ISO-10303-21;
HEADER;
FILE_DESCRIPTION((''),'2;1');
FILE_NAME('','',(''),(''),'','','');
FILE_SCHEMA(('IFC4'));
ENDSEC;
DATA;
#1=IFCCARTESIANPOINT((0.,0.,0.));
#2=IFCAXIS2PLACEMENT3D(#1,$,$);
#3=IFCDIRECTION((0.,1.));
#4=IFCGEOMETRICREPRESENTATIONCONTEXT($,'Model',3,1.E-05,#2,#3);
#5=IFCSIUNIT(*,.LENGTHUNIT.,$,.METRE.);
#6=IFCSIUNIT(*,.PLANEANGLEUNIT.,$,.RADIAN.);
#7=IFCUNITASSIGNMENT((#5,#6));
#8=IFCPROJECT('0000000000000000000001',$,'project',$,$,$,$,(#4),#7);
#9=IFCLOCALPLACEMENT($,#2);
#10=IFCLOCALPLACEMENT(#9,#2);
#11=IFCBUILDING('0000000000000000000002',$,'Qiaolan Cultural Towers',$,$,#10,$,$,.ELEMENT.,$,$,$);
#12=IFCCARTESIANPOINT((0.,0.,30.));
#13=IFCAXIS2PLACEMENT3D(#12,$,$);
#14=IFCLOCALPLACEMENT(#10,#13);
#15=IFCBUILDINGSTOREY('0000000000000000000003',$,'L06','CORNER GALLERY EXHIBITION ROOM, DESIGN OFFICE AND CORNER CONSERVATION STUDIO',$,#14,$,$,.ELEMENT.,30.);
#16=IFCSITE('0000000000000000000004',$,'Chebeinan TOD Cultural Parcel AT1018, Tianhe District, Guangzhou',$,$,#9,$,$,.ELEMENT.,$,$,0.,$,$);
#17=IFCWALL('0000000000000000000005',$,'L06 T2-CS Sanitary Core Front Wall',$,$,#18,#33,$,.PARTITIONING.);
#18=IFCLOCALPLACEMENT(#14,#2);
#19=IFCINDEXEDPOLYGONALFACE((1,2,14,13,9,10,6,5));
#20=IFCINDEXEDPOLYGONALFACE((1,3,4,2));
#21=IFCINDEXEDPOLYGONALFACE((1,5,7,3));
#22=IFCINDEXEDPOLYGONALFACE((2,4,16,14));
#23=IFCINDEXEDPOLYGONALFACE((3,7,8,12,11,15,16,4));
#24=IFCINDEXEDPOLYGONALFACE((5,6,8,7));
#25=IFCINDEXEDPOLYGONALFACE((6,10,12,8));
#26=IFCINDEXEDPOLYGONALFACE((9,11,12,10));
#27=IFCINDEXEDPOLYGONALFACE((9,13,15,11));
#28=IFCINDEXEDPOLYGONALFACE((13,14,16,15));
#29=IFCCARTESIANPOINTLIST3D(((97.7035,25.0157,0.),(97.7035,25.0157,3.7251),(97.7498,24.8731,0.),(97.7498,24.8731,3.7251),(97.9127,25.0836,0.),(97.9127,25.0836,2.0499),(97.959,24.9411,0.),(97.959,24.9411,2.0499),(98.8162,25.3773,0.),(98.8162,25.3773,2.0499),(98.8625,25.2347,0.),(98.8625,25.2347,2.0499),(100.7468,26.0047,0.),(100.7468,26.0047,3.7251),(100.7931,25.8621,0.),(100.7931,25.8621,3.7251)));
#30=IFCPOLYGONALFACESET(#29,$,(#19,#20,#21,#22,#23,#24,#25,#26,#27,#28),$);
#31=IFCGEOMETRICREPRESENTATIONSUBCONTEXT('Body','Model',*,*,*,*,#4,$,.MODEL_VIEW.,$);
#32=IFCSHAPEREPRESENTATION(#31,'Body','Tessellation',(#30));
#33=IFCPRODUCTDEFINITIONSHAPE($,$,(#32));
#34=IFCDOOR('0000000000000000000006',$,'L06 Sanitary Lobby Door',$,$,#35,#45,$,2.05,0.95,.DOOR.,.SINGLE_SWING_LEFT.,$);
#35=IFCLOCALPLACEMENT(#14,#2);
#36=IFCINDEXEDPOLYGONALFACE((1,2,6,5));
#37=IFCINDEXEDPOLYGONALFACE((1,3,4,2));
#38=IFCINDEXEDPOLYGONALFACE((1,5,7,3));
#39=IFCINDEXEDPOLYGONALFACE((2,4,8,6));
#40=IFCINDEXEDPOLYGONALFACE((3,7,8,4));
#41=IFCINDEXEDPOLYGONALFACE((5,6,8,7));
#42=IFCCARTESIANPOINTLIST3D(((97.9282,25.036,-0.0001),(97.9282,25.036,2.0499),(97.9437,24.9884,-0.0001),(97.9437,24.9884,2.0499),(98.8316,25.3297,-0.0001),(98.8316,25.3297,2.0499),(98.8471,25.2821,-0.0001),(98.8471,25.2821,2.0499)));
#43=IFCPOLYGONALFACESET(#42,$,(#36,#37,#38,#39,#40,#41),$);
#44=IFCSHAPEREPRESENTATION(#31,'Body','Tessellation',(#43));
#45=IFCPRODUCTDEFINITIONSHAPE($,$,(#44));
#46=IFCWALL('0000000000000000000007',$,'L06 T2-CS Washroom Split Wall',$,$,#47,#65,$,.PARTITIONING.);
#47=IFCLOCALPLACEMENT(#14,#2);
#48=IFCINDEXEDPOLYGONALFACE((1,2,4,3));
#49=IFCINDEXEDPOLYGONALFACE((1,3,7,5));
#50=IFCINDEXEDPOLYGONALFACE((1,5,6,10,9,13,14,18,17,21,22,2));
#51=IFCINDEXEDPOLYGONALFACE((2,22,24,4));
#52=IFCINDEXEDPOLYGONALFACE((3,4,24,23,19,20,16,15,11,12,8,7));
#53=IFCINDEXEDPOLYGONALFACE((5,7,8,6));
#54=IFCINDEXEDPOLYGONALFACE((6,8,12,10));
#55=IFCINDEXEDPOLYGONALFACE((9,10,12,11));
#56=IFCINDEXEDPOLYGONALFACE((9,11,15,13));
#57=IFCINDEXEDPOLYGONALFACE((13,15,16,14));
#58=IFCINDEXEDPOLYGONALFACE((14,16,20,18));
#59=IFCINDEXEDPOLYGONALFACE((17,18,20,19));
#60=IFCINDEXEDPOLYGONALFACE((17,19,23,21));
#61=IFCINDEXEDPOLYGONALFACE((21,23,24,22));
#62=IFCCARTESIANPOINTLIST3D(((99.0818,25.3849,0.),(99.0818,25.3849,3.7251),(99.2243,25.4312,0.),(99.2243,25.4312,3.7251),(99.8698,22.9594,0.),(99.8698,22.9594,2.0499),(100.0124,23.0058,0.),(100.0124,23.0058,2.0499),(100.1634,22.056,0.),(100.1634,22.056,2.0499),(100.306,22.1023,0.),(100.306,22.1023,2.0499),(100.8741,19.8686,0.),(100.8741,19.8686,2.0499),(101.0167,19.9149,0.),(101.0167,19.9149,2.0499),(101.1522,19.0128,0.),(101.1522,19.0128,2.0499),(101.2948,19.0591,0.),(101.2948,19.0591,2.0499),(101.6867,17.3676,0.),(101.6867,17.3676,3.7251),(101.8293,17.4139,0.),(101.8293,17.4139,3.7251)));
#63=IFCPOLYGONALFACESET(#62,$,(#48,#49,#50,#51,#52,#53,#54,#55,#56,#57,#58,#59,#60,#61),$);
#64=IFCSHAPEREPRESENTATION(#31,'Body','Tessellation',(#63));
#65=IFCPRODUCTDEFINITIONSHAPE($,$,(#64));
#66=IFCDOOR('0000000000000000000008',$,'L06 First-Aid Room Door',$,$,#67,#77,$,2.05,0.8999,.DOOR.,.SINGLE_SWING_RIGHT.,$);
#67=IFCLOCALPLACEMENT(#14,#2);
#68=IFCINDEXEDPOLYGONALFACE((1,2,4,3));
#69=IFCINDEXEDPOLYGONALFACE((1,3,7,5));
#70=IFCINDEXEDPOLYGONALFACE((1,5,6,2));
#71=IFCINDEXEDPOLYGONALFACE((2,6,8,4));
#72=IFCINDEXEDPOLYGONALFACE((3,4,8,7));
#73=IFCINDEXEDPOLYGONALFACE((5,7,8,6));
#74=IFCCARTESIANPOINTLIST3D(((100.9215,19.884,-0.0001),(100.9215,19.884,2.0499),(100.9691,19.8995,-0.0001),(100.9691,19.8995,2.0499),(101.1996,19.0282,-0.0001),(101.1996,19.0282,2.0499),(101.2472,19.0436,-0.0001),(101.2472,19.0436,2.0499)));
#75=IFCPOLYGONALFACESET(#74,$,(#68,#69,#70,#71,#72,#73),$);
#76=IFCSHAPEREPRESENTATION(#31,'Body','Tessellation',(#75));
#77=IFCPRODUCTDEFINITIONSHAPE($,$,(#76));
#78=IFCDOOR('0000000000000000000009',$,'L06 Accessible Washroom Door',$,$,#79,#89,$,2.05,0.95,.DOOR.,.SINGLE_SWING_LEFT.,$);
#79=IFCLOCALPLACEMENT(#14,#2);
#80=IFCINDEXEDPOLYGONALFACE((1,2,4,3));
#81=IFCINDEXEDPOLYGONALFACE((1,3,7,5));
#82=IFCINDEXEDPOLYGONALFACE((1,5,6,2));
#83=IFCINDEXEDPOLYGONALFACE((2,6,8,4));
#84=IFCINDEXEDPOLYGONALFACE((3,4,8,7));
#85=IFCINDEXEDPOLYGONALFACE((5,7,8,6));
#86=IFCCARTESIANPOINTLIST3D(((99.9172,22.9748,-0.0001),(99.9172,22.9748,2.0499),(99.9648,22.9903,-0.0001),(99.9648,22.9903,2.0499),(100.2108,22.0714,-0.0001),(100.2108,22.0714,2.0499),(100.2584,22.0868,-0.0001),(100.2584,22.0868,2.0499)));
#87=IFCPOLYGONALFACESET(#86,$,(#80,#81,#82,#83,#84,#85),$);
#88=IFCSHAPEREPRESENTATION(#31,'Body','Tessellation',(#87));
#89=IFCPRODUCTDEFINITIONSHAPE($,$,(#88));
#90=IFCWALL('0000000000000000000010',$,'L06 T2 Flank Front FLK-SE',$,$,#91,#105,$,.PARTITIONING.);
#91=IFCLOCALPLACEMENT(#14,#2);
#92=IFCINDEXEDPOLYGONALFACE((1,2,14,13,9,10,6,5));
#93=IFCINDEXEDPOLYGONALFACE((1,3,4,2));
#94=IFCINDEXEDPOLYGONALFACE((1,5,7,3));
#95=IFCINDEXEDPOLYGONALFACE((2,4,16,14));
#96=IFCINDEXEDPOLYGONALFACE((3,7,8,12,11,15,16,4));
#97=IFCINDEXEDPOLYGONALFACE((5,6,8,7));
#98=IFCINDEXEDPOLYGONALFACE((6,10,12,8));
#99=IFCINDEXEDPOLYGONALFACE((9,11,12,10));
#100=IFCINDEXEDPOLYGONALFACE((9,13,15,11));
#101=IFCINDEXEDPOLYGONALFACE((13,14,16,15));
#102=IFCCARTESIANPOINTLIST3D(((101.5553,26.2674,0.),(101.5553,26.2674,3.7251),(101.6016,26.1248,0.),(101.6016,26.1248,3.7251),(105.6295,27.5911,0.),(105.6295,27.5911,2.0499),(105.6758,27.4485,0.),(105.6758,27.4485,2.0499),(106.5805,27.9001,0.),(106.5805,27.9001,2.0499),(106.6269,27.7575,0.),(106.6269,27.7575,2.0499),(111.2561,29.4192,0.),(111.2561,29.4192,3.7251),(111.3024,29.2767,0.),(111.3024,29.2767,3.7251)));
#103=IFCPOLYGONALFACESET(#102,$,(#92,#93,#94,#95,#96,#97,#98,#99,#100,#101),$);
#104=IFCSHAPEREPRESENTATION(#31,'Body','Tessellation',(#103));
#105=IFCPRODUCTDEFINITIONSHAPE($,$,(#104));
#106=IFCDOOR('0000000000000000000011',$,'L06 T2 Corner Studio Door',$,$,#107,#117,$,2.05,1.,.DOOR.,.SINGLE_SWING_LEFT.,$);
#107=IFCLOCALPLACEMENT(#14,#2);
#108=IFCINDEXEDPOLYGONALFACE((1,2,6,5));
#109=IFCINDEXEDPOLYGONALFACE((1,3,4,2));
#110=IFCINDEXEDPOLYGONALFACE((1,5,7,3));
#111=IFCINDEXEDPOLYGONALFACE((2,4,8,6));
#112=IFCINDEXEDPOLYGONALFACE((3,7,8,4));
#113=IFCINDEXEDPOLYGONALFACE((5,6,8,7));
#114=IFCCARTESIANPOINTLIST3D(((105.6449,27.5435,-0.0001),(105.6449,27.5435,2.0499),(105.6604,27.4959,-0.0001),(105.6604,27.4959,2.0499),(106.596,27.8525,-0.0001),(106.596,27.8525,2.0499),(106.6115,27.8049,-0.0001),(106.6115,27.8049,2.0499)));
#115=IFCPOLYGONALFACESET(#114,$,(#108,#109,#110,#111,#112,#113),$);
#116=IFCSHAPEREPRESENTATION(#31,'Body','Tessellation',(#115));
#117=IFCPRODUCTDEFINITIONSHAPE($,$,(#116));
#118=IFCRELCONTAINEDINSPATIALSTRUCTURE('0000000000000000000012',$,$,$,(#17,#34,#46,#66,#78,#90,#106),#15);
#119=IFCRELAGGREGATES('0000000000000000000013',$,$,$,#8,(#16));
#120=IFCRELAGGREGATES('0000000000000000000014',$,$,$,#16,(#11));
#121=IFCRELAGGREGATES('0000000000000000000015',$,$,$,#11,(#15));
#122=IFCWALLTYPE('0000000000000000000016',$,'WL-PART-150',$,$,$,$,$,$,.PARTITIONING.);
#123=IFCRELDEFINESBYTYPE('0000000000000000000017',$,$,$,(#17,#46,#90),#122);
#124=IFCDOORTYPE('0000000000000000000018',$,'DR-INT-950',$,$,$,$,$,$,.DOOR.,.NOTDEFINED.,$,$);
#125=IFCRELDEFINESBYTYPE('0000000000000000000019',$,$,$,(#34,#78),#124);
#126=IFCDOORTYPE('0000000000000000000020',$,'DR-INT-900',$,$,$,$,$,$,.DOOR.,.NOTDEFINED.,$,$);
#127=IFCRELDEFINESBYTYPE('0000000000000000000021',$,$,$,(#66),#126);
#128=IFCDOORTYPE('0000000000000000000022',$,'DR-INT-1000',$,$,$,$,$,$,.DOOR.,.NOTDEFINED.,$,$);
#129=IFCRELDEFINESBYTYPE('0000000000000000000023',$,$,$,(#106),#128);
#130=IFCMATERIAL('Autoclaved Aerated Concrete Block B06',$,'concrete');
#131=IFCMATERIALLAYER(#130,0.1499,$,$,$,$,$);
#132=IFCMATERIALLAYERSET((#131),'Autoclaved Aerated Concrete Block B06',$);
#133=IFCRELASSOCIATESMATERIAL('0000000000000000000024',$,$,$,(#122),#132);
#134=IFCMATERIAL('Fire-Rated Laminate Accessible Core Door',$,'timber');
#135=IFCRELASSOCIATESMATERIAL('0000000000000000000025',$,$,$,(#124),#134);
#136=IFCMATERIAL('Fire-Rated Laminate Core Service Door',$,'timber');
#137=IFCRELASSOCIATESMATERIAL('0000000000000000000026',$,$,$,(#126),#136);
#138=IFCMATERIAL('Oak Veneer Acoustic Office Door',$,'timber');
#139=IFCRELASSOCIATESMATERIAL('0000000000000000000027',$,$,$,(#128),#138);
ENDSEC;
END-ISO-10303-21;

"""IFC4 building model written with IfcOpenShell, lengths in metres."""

from ifc_helpers import new_model, si_unit, direction, frame, frame_2d, origin, place, context, subcontext, project, spatial, rectangle, extrude, material, layer, layer_set, type_object, element, fill, save


model = new_model("IFC4")

# Units and contexts
model_context = context("Model", 3, precision=1e-05, world=origin(), true_north=direction((0.0, 1.0)))
body_context = subcontext(model_context, "Body", "Model", "MODEL_VIEW")
ifc_project = project(units=[si_unit("LENGTHUNIT", "METRE"), si_unit("PLANEANGLEUNIT", "RADIAN")], contexts=[model_context])

# Site, building, storey
site_placement = place(None, origin())
site = spatial("IfcSite", under=ifc_project, at=site_placement, Name="Chebeinan TOD Cultural Parcel AT1018, Tianhe District, Guangzhou", CompositionType="ELEMENT", RefElevation=0.0)
building_placement = place(site_placement, origin())
building = spatial("IfcBuilding", under=site, at=building_placement, Name="Qiaolan Cultural Towers", CompositionType="ELEMENT")
storey_placement = place(building_placement, frame((0.0, 0.0, 30.0)))
storey = spatial("IfcBuildingStorey", under=building, at=storey_placement, Name="L06", Description="CORNER GALLERY EXHIBITION ROOM, DESIGN OFFICE AND CORNER CONSERVATION STUDIO", CompositionType="ELEMENT", Elevation=30.0)

# Wall, opening, door
ifc_material_1 = material(Name="Autoclaved Aerated Concrete Block B06", Category="concrete")
ifc_layer_1 = layer(ifc_material_1, 0.1499)
ifc_layer_set_1 = layer_set([ifc_layer_1], Name="Autoclaved Aerated Concrete Block B06")
wall_type_1 = type_object("IfcWallType", Name="WL-PART-150", PredefinedType="PARTITIONING", material=ifc_layer_set_1)
wall_1_placement = place(storey_placement, frame((97.7266, 24.9443, 0.0), z_axis=(0.0, 0.0, 1.0), x_axis=(0.951037, 0.309077, 0.0)))
wall_1 = element("IfcWall", 1, at=wall_1_placement, inside=storey, type_object=wall_type_1, Name="L06 T2-CS Sanitary Core Front Wall", PredefinedType="PARTITIONING", context=body_context, shape_type="SweptSolid", body=[
    extrude(rectangle(XDim=3.2, YDim=0.1499, at=frame_2d((1.6001, 0.0))), origin(), (0.0, 0.0, 1.0), 3.7251),
])
opening_1_placement = place(wall_1_placement, frame((0.22, 0.0, 0.0)))
opening_1 = element("IfcOpeningElement", 2, at=opening_1_placement, cuts=wall_1, PredefinedType="OPENING", context=body_context, shape_type="SweptSolid", body=[
    extrude(rectangle(XDim=0.95, YDim=2.05, at=frame_2d((0.4751, 1.0249))), frame((0.0, 0.085, 0.0), z_axis=(0.0, -1.0, 0.0), x_axis=(1.0, 0.0, 0.0)), (0.0, 0.0, 1.0), 0.1699),
])
ifc_material_2 = material(Name="Fire-Rated Laminate Accessible Core Door", Category="timber")
door_type_1 = type_object("IfcDoorType", Name="DR-INT-950", OperationType="NOTDEFINED", PredefinedType="DOOR", material=ifc_material_2)
door_1_placement = place(opening_1_placement, origin())
door_1 = element("IfcDoor", 3, at=door_1_placement, inside=storey, type_object=door_type_1, Name="L06 Sanitary Lobby Door", OperationType="SINGLE_SWING_LEFT", OverallHeight=2.05, OverallWidth=0.95, PredefinedType="DOOR", context=body_context, shape_type="SweptSolid", body=[
    extrude(rectangle(XDim=0.95, YDim=2.05, at=frame_2d((0.4751, 1.0249))), frame((0.0, 0.0249, 0.0), z_axis=(0.0, -1.0, 0.0), x_axis=(1.0, 0.0, 0.0)), (0.0, 0.0, 1.0), 0.05),
])
fill(opening_1, door_1)

# Wall, openings, doors
wall_2_placement = place(storey_placement, frame((99.1531, 25.408, 0.0), z_axis=(0.0, 0.0, 1.0), x_axis=(0.309016, -0.951057, 0.0)))
wall_2 = element("IfcWall", 4, at=wall_2_placement, inside=storey, type_object=wall_type_1, Name="L06 T2-CS Washroom Split Wall", PredefinedType="PARTITIONING", context=body_context, shape_type="SweptSolid", body=[
    extrude(rectangle(XDim=8.4299, YDim=0.1499, at=frame_2d((4.2148, 0.0))), origin(), (0.0, 0.0, 1.0), 3.7251),
])
opening_2_placement = place(wall_2_placement, frame((2.55, 0.0, 0.0)))
opening_2 = element("IfcOpeningElement", 5, at=opening_2_placement, cuts=wall_2, PredefinedType="OPENING", context=body_context, shape_type="SweptSolid", body=[
    extrude(rectangle(XDim=0.95, YDim=2.05, at=frame_2d((0.4751, 1.0249))), frame((0.0, 0.085, 0.0), z_axis=(0.0, -1.0, 0.0), x_axis=(1.0, 0.0, 0.0)), (0.0, 0.0, 1.0), 0.1699),
])
opening_3_placement = place(wall_2_placement, frame((5.8, 0.0, 0.0)))
opening_3 = element("IfcOpeningElement", 6, at=opening_3_placement, cuts=wall_2, PredefinedType="OPENING", context=body_context, shape_type="SweptSolid", body=[
    extrude(rectangle(XDim=0.8999, YDim=2.05, at=frame_2d((0.45, 1.0249))), frame((0.0, 0.085, 0.0), z_axis=(0.0, -1.0, 0.0), x_axis=(1.0, 0.0, 0.0)), (0.0, 0.0, 1.0), 0.1699),
])
ifc_material_3 = material(Name="Fire-Rated Laminate Core Service Door", Category="timber")
door_type_2 = type_object("IfcDoorType", Name="DR-INT-900", OperationType="NOTDEFINED", PredefinedType="DOOR", material=ifc_material_3)
door_2_placement = place(opening_3_placement, origin())
door_2 = element("IfcDoor", 7, at=door_2_placement, inside=storey, type_object=door_type_2, Name="L06 First-Aid Room Door", OperationType="SINGLE_SWING_RIGHT", OverallHeight=2.05, OverallWidth=0.8999, PredefinedType="DOOR", context=body_context, shape_type="SweptSolid", body=[
    extrude(rectangle(XDim=0.8999, YDim=2.05, at=frame_2d((0.45, 1.0249))), frame((0.0, 0.0249, 0.0), z_axis=(0.0, -1.0, 0.0), x_axis=(1.0, 0.0, 0.0)), (0.0, 0.0, 1.0), 0.05),
])
fill(opening_3, door_2)
door_3_placement = place(opening_2_placement, origin())
door_3 = element("IfcDoor", 8, at=door_3_placement, inside=storey, type_object=door_type_1, Name="L06 Accessible Washroom Door", OperationType="SINGLE_SWING_LEFT", OverallHeight=2.05, OverallWidth=0.95, PredefinedType="DOOR", context=body_context, shape_type="SweptSolid", body=[
    extrude(rectangle(XDim=0.95, YDim=2.05, at=frame_2d((0.4751, 1.0249))), frame((0.0, 0.0249, 0.0), z_axis=(0.0, -1.0, 0.0), x_axis=(1.0, 0.0, 0.0)), (0.0, 0.0, 1.0), 0.05),
])
fill(opening_2, door_3)

# Wall, opening, door
wall_3_placement = place(storey_placement, frame((101.5784, 26.196, 0.0), z_axis=(0.0, 0.0, 1.0), x_axis=(0.951059, 0.309009, 0.0)))
wall_3 = element("IfcWall", 9, at=wall_3_placement, inside=storey, type_object=wall_type_1, Name="L06 T2 Flank Front FLK-SE", PredefinedType="PARTITIONING", context=body_context, shape_type="SweptSolid", body=[
    extrude(rectangle(XDim=10.2, YDim=0.1499, at=frame_2d((5.1001, 0.0))), origin(), (0.0, 0.0, 1.0), 3.7251),
])
opening_4_placement = place(wall_3_placement, frame((4.2839, 0.0, 0.0)))
opening_4 = element("IfcOpeningElement", 10, at=opening_4_placement, cuts=wall_3, PredefinedType="OPENING", context=body_context, shape_type="SweptSolid", body=[
    extrude(rectangle(XDim=1.0, YDim=2.05, at=frame_2d((0.5, 1.0249))), frame((0.0, 0.085, 0.0), z_axis=(0.0, -1.0, 0.0), x_axis=(1.0, 0.0, 0.0)), (0.0, 0.0, 1.0), 0.1699),
])
ifc_material_4 = material(Name="Oak Veneer Acoustic Office Door", Category="timber")
door_type_3 = type_object("IfcDoorType", Name="DR-INT-1000", OperationType="NOTDEFINED", PredefinedType="DOOR", material=ifc_material_4)
door_4_placement = place(opening_4_placement, origin())
door_4 = element("IfcDoor", 11, at=door_4_placement, inside=storey, type_object=door_type_3, Name="L06 T2 Corner Studio Door", OperationType="SINGLE_SWING_LEFT", OverallHeight=2.05, OverallWidth=1.0, PredefinedType="DOOR", context=body_context, shape_type="SweptSolid", body=[
    extrude(rectangle(XDim=1.0, YDim=2.05, at=frame_2d((0.5, 1.0249))), frame((0.0, 0.0249, 0.0), z_axis=(0.0, -1.0, 0.0), x_axis=(1.0, 0.0, 0.0)), (0.0, 0.0, 1.0), 0.05),
])
fill(opening_4, door_4)

save(model, "model.ifc")
